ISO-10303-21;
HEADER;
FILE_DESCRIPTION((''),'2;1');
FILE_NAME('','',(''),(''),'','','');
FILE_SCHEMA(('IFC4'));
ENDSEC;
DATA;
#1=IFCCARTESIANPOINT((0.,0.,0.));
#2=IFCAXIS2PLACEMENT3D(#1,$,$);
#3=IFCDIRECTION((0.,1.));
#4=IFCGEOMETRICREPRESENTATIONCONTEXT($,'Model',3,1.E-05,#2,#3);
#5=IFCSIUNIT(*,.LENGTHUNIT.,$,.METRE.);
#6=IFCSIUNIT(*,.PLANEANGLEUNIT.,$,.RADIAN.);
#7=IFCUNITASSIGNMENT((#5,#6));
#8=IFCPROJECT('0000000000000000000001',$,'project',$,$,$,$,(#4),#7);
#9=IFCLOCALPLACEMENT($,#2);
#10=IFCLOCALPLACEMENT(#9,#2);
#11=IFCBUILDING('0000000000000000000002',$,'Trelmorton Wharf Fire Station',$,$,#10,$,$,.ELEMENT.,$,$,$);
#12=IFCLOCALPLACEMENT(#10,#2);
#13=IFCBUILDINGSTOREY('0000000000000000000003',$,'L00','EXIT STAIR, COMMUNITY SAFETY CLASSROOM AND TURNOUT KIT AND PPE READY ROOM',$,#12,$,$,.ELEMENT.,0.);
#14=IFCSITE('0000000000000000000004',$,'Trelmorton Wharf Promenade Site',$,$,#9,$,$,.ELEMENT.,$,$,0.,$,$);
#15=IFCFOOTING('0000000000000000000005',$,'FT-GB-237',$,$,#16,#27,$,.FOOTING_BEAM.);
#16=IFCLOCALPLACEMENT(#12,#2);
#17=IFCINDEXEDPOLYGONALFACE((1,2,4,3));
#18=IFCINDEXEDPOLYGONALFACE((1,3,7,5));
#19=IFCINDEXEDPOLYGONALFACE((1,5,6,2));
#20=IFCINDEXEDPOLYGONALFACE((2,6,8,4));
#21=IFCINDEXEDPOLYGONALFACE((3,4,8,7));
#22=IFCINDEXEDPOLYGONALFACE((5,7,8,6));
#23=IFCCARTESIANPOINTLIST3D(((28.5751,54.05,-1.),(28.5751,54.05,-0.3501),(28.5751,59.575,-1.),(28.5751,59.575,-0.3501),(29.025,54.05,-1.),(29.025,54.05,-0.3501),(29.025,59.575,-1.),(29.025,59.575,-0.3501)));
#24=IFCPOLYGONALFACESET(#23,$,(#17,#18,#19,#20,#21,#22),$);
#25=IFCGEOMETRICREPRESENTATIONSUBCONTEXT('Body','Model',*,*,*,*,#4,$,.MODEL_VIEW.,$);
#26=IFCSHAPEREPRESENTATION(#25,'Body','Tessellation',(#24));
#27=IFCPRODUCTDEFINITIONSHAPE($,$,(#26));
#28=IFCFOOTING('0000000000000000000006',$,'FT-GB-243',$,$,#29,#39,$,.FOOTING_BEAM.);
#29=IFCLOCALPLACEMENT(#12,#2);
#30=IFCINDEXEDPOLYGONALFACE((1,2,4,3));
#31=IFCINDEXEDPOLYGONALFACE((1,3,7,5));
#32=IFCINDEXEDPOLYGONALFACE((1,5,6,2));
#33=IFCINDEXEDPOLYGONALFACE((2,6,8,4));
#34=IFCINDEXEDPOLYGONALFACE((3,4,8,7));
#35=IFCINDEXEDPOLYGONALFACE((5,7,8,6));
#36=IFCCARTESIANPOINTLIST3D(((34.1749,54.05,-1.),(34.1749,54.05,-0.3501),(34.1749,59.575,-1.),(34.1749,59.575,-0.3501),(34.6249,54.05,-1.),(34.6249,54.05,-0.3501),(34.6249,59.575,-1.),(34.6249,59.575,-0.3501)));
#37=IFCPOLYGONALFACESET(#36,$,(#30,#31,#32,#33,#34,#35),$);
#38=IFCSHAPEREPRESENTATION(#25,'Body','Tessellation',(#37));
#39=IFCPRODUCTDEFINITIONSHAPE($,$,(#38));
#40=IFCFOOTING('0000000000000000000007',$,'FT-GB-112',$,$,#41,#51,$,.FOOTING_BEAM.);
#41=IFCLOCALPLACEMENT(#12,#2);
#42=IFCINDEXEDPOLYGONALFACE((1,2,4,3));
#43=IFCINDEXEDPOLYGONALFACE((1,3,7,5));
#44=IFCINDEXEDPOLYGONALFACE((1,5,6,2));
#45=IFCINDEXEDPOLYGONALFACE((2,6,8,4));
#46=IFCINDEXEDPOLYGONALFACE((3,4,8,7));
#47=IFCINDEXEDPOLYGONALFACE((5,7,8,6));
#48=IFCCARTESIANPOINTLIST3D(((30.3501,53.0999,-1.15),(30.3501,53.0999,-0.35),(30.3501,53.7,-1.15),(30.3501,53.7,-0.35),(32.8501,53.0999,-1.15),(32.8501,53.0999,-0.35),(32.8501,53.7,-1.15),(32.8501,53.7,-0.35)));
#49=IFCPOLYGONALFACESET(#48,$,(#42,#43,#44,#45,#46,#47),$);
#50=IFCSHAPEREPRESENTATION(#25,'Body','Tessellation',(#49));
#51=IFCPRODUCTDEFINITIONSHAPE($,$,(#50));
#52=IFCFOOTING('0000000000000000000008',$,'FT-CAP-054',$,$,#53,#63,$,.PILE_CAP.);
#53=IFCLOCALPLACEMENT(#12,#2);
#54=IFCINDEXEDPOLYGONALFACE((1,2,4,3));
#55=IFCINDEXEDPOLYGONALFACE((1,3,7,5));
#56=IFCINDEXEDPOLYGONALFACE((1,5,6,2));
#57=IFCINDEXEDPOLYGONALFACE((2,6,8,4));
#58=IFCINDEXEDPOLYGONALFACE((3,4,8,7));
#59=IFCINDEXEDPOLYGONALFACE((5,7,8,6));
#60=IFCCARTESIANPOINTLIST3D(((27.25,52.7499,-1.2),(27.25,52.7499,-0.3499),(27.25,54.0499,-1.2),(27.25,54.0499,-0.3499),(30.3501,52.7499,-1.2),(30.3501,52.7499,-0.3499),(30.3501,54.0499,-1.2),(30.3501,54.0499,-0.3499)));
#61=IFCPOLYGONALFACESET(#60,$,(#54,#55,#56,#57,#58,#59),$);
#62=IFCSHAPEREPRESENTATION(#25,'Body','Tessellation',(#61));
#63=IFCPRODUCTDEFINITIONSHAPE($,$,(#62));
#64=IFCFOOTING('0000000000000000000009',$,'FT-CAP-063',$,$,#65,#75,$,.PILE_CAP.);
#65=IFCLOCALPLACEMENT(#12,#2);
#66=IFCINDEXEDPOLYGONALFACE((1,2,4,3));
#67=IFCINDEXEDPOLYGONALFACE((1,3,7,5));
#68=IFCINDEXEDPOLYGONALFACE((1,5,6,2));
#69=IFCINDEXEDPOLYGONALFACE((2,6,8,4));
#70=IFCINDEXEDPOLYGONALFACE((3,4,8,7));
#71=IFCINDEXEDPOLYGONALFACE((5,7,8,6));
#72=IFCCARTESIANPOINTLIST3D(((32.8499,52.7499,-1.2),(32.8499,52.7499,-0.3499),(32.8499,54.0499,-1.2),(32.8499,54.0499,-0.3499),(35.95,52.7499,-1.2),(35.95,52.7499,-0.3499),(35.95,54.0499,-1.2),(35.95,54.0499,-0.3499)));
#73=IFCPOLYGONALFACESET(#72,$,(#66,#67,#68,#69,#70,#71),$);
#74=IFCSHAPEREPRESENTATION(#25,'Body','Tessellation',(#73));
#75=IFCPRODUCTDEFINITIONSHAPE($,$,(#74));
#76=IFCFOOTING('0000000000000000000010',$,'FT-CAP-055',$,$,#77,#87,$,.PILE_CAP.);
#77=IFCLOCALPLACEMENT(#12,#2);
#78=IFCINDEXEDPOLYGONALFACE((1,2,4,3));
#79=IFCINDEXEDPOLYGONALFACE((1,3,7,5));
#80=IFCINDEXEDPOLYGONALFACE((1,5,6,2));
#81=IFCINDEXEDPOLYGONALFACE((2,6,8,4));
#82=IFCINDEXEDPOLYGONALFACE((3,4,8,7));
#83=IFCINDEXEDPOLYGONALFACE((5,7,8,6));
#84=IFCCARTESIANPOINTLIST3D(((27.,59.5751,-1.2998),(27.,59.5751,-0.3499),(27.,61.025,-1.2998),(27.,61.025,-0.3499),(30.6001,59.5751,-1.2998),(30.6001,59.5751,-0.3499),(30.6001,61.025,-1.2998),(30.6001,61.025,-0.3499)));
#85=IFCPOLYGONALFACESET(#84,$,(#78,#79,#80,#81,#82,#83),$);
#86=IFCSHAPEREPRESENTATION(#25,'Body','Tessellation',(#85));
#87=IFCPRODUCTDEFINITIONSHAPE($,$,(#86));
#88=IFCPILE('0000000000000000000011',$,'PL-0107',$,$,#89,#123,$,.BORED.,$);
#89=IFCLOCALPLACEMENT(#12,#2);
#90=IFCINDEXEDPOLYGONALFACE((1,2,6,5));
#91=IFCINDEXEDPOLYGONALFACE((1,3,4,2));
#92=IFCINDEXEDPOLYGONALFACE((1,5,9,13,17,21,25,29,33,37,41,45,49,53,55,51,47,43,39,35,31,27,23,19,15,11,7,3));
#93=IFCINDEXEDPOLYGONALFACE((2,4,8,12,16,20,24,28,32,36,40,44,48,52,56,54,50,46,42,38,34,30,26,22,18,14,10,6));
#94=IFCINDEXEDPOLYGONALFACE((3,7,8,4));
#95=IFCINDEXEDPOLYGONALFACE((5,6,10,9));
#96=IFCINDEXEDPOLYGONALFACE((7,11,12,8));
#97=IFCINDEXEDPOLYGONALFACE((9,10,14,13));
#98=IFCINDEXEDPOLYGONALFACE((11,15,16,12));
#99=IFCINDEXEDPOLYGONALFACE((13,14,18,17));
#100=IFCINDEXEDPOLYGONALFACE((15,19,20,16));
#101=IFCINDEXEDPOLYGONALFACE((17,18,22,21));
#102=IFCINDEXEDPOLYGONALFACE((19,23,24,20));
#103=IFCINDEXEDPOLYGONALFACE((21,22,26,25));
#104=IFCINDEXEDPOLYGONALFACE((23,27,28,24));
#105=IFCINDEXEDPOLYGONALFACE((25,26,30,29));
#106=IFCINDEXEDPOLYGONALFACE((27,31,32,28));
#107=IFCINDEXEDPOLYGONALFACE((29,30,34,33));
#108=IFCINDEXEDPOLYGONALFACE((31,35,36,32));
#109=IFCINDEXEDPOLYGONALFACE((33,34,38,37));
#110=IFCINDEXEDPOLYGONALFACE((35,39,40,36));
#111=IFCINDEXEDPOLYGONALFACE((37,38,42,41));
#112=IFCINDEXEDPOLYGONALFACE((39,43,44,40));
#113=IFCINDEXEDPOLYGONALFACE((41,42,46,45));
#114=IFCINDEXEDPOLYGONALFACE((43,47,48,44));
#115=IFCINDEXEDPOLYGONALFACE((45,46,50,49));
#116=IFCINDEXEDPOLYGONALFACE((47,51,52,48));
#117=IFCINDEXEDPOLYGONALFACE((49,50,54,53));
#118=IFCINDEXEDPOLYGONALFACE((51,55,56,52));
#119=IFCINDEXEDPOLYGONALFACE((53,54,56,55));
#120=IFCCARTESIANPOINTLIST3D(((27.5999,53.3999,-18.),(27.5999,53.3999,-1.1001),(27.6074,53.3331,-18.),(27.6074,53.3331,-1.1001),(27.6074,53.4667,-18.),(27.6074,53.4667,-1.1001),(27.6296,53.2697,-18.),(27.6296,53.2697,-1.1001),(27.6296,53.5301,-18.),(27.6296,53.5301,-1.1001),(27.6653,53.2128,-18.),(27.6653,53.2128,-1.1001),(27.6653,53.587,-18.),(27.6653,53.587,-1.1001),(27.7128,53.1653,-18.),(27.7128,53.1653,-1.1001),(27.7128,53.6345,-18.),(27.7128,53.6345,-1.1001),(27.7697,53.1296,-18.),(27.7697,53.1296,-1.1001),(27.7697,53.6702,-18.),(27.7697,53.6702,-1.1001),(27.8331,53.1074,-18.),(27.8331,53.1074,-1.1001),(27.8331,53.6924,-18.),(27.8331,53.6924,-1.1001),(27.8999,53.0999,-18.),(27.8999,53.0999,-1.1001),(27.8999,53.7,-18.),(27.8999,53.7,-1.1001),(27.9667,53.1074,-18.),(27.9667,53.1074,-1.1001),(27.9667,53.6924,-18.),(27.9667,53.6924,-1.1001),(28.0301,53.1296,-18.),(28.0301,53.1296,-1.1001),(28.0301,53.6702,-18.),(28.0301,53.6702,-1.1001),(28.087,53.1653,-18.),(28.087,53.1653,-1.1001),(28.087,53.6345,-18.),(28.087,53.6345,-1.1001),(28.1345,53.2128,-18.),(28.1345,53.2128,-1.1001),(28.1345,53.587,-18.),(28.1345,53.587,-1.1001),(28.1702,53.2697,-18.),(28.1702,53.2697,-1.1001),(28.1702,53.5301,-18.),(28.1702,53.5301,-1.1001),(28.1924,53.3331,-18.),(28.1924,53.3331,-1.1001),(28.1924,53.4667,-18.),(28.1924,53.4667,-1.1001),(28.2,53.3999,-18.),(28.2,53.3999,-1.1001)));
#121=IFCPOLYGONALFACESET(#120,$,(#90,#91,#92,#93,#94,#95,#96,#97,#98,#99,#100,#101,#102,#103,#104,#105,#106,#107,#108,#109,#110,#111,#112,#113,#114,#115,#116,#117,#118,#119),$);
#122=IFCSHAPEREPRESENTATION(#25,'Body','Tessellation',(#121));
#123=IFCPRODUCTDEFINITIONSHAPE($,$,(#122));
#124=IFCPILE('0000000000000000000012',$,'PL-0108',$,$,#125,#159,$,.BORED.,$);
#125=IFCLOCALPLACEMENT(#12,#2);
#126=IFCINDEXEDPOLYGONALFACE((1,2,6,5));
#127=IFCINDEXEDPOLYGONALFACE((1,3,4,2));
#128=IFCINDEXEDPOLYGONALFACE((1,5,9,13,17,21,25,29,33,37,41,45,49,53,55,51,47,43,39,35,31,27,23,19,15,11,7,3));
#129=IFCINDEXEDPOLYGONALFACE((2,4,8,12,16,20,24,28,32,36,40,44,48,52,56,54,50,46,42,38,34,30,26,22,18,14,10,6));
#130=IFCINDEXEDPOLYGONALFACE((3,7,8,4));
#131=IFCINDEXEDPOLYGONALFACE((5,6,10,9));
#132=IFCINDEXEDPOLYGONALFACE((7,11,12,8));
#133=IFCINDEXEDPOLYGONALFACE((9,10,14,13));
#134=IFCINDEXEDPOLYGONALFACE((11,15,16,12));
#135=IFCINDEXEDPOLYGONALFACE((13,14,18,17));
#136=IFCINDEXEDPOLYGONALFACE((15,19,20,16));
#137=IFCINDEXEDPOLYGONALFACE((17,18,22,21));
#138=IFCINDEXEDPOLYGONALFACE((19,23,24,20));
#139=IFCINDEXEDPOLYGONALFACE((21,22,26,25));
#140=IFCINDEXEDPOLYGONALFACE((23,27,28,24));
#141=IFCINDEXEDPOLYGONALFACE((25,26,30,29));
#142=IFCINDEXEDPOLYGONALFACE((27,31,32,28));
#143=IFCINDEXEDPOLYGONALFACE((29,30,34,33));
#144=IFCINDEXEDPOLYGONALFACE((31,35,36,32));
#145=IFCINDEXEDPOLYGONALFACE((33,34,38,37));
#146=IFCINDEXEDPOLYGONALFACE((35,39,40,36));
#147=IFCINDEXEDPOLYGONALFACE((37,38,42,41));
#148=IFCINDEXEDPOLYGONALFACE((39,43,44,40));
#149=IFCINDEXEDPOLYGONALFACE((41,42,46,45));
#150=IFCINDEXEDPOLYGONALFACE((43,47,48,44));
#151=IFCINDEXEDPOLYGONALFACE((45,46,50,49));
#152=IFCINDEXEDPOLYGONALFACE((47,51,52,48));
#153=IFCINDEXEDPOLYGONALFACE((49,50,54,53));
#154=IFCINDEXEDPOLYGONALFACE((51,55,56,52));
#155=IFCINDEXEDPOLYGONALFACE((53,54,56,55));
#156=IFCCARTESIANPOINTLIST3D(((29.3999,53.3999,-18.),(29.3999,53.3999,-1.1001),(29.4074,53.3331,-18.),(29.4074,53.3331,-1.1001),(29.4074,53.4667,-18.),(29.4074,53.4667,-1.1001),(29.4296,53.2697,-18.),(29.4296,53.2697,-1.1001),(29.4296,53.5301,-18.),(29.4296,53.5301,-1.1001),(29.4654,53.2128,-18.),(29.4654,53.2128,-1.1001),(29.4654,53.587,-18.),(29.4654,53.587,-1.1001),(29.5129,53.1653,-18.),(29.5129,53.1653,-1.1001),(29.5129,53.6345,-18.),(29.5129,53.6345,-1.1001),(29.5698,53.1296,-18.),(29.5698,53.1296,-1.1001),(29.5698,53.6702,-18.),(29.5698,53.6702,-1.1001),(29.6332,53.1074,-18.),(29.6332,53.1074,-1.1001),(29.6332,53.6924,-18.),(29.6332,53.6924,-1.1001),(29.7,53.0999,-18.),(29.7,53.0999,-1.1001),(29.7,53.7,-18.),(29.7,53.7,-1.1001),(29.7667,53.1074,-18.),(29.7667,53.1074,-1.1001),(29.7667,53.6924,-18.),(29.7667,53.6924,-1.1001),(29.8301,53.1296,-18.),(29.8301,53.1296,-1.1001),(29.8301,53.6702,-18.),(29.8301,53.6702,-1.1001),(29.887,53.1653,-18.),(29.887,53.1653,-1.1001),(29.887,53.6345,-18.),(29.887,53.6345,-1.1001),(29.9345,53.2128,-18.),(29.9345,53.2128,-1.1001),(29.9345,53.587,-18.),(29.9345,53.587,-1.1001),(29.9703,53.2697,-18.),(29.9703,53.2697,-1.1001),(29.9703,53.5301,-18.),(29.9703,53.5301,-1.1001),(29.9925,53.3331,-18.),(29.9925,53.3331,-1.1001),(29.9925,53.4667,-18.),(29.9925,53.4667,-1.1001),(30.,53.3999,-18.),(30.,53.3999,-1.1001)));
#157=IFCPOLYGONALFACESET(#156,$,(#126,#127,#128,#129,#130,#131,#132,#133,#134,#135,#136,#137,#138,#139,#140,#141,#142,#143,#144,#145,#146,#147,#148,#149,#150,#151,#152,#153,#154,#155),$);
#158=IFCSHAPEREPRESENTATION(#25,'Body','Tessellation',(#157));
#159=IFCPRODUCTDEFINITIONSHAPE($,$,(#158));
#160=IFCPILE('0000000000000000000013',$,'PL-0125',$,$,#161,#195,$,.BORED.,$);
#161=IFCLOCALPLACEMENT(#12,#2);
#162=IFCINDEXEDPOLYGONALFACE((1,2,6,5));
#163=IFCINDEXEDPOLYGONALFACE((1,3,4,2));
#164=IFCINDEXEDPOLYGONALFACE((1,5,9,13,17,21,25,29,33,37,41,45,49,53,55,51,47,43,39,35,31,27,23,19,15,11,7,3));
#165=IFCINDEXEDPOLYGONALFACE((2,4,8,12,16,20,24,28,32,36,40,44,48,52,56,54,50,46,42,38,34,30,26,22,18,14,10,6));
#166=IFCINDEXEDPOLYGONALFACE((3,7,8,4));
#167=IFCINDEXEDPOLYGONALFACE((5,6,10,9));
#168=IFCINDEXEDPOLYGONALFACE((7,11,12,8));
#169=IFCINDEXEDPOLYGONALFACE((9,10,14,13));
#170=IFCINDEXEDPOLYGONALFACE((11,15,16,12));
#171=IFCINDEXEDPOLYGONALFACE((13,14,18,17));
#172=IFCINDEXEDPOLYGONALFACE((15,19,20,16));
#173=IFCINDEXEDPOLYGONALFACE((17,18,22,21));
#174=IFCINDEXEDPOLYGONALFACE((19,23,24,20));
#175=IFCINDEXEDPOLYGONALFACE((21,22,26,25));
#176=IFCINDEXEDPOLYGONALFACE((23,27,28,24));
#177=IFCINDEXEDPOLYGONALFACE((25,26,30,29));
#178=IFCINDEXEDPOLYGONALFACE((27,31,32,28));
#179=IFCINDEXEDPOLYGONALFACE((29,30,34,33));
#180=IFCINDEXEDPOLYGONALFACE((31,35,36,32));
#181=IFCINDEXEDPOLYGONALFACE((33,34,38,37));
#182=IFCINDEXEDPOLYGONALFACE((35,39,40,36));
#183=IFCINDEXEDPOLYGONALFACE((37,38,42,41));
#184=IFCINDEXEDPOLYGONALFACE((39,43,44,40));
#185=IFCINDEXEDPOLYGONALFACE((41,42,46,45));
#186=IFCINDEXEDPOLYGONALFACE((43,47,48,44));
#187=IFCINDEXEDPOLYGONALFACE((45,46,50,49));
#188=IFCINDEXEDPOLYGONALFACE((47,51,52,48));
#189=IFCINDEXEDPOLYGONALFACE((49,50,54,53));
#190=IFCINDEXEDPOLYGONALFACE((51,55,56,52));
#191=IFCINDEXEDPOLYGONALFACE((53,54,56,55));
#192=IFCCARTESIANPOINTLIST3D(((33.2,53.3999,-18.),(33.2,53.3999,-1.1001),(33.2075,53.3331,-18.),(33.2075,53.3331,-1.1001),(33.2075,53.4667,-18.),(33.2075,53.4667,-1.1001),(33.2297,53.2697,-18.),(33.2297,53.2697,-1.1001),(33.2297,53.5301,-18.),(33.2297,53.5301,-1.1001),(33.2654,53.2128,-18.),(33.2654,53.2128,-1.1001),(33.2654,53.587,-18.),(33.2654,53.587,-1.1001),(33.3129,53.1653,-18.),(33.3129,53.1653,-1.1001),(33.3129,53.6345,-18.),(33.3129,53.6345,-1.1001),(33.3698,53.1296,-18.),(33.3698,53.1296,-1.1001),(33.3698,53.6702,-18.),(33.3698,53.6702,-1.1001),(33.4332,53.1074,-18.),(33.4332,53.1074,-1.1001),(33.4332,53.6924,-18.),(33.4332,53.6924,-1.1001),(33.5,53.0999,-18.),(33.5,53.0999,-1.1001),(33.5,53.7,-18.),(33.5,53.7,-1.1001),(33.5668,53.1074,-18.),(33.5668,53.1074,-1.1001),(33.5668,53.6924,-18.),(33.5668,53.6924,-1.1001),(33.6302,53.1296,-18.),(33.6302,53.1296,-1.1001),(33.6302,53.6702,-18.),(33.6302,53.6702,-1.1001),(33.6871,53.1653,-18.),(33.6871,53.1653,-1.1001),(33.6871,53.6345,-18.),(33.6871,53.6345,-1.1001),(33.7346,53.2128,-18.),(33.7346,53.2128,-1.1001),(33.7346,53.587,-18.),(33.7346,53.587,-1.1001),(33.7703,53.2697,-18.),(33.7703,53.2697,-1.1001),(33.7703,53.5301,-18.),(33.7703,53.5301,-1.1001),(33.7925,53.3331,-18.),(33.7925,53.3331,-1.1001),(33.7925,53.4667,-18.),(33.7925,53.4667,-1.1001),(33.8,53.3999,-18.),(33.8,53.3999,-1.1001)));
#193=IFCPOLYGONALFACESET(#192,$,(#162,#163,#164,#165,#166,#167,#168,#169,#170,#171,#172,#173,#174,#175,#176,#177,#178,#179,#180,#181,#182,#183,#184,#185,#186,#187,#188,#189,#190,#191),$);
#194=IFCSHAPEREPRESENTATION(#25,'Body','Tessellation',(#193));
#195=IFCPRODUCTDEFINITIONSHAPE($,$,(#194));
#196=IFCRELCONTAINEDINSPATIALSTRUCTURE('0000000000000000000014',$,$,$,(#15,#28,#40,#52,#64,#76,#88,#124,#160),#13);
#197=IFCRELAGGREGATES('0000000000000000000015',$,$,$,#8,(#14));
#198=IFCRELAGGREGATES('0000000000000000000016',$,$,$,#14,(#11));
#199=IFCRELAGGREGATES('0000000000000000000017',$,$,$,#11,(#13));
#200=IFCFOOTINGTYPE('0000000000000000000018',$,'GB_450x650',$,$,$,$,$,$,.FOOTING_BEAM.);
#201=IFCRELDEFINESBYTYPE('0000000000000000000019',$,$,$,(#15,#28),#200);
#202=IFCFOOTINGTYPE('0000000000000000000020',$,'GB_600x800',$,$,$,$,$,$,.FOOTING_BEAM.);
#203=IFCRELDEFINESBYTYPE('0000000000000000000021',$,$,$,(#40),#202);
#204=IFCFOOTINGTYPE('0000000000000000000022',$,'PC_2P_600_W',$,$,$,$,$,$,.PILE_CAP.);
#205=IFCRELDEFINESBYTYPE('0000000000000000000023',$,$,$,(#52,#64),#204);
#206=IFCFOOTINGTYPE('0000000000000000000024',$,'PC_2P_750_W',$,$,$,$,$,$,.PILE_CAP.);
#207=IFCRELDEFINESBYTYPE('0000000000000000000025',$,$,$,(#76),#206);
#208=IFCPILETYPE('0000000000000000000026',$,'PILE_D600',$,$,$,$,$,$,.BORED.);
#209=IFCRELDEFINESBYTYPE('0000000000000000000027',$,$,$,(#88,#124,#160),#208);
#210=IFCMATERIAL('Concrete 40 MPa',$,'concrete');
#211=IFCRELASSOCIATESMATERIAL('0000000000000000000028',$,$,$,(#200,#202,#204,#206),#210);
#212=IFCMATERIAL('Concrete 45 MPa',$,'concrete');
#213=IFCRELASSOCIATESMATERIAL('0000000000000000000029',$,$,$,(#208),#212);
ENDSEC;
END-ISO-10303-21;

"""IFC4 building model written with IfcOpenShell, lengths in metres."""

from ifc_helpers import new_model, si_unit, direction, frame, origin, origin_2d, place, context, subcontext, project, spatial, rectangle, circle, extrude, material, material_profile, profile_set, type_object, element, save


model = new_model("IFC4")

# Units and contexts
model_context = context("Model", 3, precision=1e-05, world=origin(), true_north=direction((0.0, 1.0)))
body_context = subcontext(model_context, "Body", "Model", "MODEL_VIEW")
ifc_project = project(units=[si_unit("LENGTHUNIT", "METRE"), si_unit("PLANEANGLEUNIT", "RADIAN")], contexts=[model_context])

# Site, building, storey
site_placement = place(None, origin())
site = spatial("IfcSite", under=ifc_project, at=site_placement, Name="Trelmorton Wharf Promenade Site", CompositionType="ELEMENT", RefElevation=0.0)
building_placement = place(site_placement, origin())
building = spatial("IfcBuilding", under=site, at=building_placement, Name="Trelmorton Wharf Fire Station", CompositionType="ELEMENT")
storey_placement = place(building_placement, origin())
storey = spatial("IfcBuildingStorey", under=building, at=storey_placement, Name="L00", Description="EXIT STAIR, COMMUNITY SAFETY CLASSROOM AND TURNOUT KIT AND PPE READY ROOM", CompositionType="ELEMENT", Elevation=0.0)

# Footings
ifc_material_1 = material(Name="Concrete 40 MPa", Category="concrete")
ifc_material_profile_1 = material_profile(ifc_material_1, rectangle(XDim=0.45, YDim=0.6499, at=origin_2d()), Name="RC450x650")
ifc_profile_set_1 = profile_set([ifc_material_profile_1], Name="Concrete 40 MPa")
footing_type_1 = type_object("IfcFootingType", Name="GB_450x650", PredefinedType="FOOTING_BEAM", material=ifc_profile_set_1)
for number, where, z_axis, x_axis, name in (
    (1, (28.8, 54.05, -0.675), (0.0, 1.0, 0.0), (-1.0, 0.0, 0.0), "FT-GB-237"),
    (2, (34.3999, 54.05, -0.675), (0.0, 1.0, 0.0), (-1.0, 0.0, 0.0), "FT-GB-243"),
):
    element("IfcFooting", number, at=place(storey_placement, frame(where, z_axis=z_axis, x_axis=x_axis)), inside=storey, type_object=footing_type_1, Name=name, PredefinedType="FOOTING_BEAM", context=body_context, shape_type="SweptSolid", body=[
        extrude(rectangle(XDim=0.45, YDim=0.6499, at=origin_2d()), origin(), (0.0, 0.0, 1.0), 5.5249),
    ])
ifc_material_profile_2 = material_profile(ifc_material_1, rectangle(XDim=0.6001, YDim=0.8, at=origin_2d()), Name="RC600x800")
ifc_profile_set_2 = profile_set([ifc_material_profile_2], Name="Concrete 40 MPa")
footing_type_2 = type_object("IfcFootingType", Name="GB_600x800", PredefinedType="FOOTING_BEAM", material=ifc_profile_set_2)
footing_1_placement = place(storey_placement, frame((30.3501, 53.3999, -0.75), z_axis=(1.0, 0.0, 0.0), x_axis=(0.0, 1.0, 0.0)))
element("IfcFooting", 3, at=footing_1_placement, inside=storey, type_object=footing_type_2, Name="FT-GB-112", PredefinedType="FOOTING_BEAM", context=body_context, shape_type="SweptSolid", body=[
    extrude(rectangle(XDim=0.6001, YDim=0.8, at=origin_2d()), origin(), (0.0, 0.0, 1.0), 2.5),
])
footing_type_3 = type_object("IfcFootingType", Name="PC_2P_600_W", PredefinedType="PILE_CAP", material=ifc_material_1)
for number, where, z_axis, x_axis, name in (
    (4, (28.8, 53.3999, -1.2), (0.0, 0.0, 1.0), (1.0, 0.0, 0.0), "FT-CAP-054"),
    (5, (34.3999, 53.3999, -1.2), (0.0, 0.0, 1.0), (1.0, 0.0, 0.0), "FT-CAP-063"),
):
    element("IfcFooting", number, at=place(storey_placement, frame(where, z_axis=z_axis, x_axis=x_axis)), inside=storey, type_object=footing_type_3, Name=name, PredefinedType="PILE_CAP", context=body_context, shape_type="SweptSolid", body=[
        extrude(rectangle(XDim=3.1001, YDim=1.3, at=origin_2d()), origin(), (0.0, 0.0, 1.0), 0.8501),
    ])
footing_type_4 = type_object("IfcFootingType", Name="PC_2P_750_W", PredefinedType="PILE_CAP", material=ifc_material_1)
footing_2_placement = place(storey_placement, frame((28.8, 60.3, -1.2998), z_axis=(0.0, 0.0, 1.0), x_axis=(1.0, 0.0, 0.0)))
element("IfcFooting", 6, at=footing_2_placement, inside=storey, type_object=footing_type_4, Name="FT-CAP-055", PredefinedType="PILE_CAP", context=body_context, shape_type="SweptSolid", body=[
    extrude(rectangle(XDim=3.6001, YDim=1.45, at=origin_2d()), origin(), (0.0, 0.0, 1.0), 0.95),
])

# Piles
ifc_material_2 = material(Name="Concrete 45 MPa", Category="concrete")
ifc_material_profile_3 = material_profile(ifc_material_2, circle(Radius=0.3, at=origin_2d()), Name="PILE-D600")
ifc_profile_set_3 = profile_set([ifc_material_profile_3], Name="Concrete 45 MPa")
pile_type_1 = type_object("IfcPileType", Name="PILE_D600", PredefinedType="BORED", material=ifc_profile_set_3)
for number, where, z_axis, x_axis, name in (
    (7, (27.8999, 53.3999, -1.1001), (0.0, 0.0, -1.0), (1.0, 0.0, 0.0), "PL-0107"),
    (8, (29.7, 53.3999, -1.1001), (0.0, 0.0, -1.0), (1.0, 0.0, 0.0), "PL-0108"),
    (9, (33.5, 53.3999, -1.1001), (0.0, 0.0, -1.0), (1.0, 0.0, 0.0), "PL-0125"),
):
    element("IfcPile", number, at=place(storey_placement, frame(where, z_axis=z_axis, x_axis=x_axis)), inside=storey, type_object=pile_type_1, Name=name, PredefinedType="BORED", context=body_context, shape_type="SweptSolid", body=[
        extrude(circle(Radius=0.3, at=origin_2d()), origin(), (0.0, 0.0, 1.0), 16.8999),
    ])

save(model, "model.ifc")
